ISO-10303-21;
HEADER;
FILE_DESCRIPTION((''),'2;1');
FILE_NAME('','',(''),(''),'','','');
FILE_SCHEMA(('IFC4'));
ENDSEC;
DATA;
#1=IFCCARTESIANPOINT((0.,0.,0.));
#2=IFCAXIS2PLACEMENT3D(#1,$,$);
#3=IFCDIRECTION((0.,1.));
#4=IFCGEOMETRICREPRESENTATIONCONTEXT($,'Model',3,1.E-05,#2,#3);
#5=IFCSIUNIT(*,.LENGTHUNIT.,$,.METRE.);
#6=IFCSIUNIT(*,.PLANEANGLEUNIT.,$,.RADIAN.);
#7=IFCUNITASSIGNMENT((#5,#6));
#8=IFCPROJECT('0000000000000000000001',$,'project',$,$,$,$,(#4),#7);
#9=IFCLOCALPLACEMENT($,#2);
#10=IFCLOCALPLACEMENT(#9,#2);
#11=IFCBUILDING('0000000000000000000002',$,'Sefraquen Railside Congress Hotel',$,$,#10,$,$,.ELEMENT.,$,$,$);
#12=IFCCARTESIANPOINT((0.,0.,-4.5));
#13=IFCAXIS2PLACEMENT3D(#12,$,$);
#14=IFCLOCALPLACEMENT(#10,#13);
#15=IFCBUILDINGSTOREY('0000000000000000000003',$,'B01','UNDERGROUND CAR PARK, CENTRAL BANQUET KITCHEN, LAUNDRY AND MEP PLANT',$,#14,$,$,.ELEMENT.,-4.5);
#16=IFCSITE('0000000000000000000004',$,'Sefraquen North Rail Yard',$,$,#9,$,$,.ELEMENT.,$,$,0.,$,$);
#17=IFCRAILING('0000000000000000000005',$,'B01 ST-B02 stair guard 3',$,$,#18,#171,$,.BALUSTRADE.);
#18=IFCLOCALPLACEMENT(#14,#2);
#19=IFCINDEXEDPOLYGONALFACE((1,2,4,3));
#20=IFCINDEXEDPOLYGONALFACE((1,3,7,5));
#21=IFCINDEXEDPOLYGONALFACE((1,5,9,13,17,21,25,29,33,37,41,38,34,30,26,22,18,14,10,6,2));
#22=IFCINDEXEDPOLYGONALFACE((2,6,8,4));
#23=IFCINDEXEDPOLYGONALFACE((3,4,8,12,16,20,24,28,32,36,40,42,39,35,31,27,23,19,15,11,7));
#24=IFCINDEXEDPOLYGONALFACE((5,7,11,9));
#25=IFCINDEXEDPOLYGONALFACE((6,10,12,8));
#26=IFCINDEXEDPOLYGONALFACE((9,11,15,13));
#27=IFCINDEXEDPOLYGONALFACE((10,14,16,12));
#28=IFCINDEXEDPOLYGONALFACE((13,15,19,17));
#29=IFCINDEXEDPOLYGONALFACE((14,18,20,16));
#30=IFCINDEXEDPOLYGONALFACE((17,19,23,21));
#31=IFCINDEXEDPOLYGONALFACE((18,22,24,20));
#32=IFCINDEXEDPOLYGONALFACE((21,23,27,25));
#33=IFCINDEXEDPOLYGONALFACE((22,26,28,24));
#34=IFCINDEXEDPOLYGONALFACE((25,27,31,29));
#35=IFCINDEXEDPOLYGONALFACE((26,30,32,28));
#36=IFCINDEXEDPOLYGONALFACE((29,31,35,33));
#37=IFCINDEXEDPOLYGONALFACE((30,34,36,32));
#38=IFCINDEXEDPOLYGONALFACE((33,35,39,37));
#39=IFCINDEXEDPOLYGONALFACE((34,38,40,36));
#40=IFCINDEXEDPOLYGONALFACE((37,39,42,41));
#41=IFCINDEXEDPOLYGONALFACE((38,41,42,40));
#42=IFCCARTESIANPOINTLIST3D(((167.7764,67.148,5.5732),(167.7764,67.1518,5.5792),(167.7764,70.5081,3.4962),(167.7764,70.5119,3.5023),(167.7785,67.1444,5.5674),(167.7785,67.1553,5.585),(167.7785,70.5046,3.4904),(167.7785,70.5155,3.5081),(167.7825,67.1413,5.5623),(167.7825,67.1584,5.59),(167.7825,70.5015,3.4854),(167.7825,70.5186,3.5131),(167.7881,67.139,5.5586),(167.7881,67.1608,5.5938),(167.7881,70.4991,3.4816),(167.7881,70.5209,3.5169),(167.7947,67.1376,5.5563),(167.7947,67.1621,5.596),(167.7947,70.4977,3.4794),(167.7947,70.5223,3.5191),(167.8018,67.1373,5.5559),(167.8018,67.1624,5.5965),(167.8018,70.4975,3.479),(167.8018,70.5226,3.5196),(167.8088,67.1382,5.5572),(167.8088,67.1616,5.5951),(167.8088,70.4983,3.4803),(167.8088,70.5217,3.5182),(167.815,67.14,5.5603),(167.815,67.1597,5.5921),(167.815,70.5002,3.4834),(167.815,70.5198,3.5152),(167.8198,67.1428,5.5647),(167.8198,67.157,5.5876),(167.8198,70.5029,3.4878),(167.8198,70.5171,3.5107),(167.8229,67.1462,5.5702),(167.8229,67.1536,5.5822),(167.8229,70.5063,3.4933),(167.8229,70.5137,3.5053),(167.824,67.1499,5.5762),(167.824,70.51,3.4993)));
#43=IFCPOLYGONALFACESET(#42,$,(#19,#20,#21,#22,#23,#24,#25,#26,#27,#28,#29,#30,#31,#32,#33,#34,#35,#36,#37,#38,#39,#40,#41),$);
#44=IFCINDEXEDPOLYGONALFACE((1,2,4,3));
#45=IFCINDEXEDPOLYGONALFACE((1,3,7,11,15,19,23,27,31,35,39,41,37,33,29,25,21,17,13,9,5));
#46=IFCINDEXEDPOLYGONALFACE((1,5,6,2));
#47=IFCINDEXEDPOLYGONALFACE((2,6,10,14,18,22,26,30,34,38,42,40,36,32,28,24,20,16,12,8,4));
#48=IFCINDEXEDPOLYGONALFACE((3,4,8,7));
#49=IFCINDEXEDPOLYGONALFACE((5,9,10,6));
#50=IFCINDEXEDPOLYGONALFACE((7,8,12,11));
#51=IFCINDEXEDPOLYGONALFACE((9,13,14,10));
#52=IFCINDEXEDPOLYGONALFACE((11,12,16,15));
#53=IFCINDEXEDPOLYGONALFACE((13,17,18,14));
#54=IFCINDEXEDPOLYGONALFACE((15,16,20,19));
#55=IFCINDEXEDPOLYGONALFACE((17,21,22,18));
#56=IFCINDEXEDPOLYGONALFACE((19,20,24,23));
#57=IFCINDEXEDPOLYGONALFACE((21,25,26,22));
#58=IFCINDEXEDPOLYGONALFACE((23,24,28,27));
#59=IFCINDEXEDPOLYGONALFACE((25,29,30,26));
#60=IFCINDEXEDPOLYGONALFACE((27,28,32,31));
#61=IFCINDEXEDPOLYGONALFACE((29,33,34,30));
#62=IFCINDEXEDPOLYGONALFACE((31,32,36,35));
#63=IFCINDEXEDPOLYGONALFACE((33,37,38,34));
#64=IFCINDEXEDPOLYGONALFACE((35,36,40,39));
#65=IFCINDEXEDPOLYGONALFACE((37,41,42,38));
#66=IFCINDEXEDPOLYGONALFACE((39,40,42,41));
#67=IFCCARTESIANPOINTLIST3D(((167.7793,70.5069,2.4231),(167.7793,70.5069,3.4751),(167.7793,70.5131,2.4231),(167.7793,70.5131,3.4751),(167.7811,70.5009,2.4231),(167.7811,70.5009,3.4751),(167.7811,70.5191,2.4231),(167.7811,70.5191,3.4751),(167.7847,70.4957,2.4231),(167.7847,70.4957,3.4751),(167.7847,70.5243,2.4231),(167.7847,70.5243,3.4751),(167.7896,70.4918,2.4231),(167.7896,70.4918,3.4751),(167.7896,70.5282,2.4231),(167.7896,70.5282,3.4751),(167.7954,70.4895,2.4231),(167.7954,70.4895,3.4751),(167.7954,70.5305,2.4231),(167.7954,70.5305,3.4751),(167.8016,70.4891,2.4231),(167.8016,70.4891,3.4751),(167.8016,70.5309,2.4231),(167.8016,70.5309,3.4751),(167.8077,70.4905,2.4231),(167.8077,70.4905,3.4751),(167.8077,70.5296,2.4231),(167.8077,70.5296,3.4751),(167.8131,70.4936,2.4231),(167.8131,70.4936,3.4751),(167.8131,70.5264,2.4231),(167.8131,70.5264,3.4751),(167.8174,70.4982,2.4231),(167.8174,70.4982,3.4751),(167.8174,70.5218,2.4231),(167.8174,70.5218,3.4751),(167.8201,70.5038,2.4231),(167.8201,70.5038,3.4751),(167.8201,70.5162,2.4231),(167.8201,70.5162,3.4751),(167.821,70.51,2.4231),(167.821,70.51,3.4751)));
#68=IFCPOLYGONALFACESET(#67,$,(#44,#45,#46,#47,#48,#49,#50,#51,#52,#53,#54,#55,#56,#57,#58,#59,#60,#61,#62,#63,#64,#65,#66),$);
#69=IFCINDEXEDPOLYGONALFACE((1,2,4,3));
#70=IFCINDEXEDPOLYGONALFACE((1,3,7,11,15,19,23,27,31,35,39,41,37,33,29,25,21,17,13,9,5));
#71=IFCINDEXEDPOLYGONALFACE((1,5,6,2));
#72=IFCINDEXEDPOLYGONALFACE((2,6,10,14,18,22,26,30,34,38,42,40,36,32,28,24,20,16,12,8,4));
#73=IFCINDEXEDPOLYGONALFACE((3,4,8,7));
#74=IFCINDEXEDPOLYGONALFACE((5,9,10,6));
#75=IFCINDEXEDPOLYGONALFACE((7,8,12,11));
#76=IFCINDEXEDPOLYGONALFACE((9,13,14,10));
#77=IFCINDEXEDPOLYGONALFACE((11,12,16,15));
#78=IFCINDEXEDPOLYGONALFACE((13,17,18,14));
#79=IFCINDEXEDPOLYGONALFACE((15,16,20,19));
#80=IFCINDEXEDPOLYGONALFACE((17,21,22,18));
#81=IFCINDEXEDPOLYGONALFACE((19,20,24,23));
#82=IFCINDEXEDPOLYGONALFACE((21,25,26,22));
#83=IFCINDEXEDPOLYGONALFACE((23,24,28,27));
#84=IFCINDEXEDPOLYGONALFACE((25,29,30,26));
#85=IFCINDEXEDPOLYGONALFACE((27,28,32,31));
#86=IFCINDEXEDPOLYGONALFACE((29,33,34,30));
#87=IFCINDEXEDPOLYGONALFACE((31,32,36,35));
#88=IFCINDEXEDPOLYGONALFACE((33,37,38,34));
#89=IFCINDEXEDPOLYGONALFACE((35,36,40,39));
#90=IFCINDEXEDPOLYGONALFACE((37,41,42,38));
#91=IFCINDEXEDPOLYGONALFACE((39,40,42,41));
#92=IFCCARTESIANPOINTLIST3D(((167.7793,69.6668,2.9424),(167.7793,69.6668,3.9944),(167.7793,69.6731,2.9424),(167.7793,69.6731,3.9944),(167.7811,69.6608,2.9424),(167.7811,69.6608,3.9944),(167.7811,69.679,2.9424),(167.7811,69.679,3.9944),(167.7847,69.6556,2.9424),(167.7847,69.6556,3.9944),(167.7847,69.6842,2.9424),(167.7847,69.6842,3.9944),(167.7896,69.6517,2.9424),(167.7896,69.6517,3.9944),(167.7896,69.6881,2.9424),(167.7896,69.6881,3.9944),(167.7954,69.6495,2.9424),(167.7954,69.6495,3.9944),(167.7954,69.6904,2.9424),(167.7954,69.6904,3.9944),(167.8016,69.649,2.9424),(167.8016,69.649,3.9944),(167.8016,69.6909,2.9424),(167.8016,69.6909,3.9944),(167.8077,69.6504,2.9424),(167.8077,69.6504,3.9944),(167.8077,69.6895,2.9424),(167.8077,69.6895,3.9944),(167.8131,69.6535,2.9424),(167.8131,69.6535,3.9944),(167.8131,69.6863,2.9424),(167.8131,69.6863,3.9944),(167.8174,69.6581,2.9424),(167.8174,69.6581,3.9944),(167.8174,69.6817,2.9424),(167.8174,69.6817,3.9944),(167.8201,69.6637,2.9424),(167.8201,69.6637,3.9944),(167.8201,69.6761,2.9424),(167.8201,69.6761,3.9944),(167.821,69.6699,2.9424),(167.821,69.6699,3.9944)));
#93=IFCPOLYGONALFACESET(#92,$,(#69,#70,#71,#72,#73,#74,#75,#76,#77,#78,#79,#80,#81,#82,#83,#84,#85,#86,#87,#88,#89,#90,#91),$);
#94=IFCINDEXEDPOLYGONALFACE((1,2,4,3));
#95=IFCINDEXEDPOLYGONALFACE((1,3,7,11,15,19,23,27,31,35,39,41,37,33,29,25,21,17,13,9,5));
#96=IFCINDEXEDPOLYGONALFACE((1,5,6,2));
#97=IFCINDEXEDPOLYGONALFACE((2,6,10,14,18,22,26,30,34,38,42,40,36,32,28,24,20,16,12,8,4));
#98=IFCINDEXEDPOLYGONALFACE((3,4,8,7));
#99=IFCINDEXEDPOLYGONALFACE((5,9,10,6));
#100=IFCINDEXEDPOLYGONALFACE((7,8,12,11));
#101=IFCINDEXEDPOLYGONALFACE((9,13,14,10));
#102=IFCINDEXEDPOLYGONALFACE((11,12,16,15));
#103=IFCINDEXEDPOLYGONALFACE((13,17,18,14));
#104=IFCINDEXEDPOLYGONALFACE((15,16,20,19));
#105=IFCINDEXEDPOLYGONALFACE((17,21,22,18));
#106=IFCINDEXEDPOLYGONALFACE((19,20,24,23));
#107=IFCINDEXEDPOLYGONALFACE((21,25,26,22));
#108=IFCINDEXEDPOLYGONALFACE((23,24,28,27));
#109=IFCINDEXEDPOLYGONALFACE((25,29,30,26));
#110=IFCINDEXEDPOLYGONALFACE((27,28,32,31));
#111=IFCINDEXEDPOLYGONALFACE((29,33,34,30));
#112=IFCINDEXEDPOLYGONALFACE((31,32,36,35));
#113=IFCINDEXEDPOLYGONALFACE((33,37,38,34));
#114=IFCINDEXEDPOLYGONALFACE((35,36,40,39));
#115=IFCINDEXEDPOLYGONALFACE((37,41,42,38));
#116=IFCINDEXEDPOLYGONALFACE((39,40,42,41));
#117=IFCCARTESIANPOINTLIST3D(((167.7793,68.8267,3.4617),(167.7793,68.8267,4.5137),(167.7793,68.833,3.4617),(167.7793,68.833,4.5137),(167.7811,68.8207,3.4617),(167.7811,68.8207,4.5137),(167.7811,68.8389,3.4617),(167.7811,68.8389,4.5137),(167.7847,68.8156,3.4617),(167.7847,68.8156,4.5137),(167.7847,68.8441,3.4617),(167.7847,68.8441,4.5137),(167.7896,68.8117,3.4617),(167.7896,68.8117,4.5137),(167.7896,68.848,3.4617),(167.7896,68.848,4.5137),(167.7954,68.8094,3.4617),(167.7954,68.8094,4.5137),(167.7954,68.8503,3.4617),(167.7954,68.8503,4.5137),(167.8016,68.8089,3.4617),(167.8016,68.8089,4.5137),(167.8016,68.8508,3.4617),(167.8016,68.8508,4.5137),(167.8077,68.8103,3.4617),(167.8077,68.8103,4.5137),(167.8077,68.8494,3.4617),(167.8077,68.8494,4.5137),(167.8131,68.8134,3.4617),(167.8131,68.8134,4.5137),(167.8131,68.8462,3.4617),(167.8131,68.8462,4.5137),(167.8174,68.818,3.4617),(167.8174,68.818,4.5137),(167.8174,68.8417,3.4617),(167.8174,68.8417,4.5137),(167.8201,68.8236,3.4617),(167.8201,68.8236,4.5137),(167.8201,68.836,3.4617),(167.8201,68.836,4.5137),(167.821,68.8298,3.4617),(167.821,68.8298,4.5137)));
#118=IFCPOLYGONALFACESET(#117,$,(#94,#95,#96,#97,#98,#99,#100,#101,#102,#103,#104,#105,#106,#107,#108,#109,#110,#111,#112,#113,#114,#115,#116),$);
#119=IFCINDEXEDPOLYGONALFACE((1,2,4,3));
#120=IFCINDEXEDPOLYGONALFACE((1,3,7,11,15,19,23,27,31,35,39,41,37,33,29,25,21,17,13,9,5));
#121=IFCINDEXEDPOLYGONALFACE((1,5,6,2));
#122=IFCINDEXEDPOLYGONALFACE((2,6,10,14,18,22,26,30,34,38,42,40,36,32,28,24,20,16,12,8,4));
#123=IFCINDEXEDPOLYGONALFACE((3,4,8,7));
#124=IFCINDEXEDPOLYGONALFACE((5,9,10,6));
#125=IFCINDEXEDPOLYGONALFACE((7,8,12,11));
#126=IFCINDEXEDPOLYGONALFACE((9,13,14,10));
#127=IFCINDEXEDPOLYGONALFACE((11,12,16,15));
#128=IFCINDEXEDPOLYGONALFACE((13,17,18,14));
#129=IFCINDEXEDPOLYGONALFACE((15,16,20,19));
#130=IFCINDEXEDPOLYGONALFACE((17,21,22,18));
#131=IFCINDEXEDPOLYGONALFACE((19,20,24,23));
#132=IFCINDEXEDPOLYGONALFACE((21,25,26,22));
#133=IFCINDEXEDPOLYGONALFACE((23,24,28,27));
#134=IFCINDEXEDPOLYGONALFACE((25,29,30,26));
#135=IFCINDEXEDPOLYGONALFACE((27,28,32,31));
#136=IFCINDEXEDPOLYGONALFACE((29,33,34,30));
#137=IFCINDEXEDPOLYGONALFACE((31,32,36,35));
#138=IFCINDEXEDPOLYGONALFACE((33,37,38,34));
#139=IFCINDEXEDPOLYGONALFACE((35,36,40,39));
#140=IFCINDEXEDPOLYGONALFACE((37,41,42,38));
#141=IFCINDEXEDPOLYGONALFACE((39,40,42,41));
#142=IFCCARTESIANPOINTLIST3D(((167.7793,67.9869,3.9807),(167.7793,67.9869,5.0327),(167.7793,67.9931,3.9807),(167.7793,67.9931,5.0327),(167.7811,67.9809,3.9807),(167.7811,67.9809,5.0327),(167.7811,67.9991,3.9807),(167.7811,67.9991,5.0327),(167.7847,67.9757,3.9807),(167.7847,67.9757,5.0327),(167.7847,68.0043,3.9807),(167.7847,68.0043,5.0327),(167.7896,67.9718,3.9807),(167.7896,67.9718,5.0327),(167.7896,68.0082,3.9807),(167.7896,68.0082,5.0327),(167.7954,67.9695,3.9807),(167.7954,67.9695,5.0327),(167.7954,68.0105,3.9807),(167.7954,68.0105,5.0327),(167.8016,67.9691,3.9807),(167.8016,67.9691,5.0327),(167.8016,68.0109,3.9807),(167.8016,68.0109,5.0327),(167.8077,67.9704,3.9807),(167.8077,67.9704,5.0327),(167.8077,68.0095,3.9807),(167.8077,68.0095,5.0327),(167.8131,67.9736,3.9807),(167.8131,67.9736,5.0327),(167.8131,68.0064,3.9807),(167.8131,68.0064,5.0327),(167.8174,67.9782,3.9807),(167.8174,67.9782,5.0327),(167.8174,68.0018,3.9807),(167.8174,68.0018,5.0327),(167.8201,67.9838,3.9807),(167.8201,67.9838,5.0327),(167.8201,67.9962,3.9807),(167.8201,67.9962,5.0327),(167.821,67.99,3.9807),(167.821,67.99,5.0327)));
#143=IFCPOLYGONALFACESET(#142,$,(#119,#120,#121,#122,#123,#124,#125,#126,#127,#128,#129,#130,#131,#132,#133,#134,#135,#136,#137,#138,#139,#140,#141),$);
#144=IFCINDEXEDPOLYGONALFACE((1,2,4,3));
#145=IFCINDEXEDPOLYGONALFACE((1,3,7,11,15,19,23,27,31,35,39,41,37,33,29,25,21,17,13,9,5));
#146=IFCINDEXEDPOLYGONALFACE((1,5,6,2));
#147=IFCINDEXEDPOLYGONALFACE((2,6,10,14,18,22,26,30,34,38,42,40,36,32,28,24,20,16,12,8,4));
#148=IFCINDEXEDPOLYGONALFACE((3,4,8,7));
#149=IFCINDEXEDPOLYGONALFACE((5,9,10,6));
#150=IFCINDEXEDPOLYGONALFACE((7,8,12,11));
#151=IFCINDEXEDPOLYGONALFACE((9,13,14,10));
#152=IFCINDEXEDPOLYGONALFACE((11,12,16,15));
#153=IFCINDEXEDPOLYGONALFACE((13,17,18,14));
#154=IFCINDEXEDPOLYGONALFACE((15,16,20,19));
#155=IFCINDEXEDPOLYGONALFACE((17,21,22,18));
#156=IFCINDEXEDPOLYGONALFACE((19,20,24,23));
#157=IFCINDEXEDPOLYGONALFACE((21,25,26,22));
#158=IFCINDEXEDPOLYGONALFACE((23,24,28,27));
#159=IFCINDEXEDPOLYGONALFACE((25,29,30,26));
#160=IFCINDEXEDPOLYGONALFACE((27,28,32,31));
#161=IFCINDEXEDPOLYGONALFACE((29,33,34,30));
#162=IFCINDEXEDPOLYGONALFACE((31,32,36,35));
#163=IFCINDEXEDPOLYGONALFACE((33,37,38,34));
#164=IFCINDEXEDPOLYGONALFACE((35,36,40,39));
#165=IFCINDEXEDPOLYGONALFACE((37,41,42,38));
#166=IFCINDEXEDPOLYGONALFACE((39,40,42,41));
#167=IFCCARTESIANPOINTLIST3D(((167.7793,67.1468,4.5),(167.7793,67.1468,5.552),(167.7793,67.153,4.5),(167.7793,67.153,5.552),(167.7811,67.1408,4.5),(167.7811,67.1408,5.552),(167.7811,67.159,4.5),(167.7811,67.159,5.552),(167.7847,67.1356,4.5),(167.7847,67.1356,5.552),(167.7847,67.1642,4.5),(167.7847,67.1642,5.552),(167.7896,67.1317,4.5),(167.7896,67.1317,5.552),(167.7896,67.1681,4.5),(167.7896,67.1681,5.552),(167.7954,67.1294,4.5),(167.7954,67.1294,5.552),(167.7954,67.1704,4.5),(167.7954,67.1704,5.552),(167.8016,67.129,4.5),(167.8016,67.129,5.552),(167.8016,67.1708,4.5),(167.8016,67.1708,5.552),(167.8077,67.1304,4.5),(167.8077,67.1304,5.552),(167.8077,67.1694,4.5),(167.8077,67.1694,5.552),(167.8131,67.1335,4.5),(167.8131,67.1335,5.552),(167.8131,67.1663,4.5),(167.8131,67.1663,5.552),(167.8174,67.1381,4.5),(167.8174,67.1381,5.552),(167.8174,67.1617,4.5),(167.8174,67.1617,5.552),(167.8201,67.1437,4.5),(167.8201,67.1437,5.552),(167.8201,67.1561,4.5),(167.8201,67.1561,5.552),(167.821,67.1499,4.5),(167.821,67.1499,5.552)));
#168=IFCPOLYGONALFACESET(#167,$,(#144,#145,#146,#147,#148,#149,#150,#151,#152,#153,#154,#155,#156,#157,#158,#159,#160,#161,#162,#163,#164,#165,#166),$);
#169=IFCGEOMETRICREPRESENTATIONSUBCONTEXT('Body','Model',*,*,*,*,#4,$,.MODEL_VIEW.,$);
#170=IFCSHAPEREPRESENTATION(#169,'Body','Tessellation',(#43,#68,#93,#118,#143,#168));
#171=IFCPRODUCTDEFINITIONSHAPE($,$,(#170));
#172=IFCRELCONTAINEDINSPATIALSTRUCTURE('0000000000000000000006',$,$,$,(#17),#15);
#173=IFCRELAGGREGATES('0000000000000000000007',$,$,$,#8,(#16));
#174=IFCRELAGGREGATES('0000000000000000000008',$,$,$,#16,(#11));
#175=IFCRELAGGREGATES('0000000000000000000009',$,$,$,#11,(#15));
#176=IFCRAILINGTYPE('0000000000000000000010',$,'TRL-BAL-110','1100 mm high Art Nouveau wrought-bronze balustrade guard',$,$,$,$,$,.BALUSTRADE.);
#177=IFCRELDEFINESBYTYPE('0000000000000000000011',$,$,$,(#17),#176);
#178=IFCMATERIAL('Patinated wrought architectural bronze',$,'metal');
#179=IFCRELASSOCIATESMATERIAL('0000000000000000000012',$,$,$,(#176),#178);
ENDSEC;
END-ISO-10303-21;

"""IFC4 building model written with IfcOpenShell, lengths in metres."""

from ifc_helpers import new_model, si_unit, direction, frame, origin, origin_2d, place, context, subcontext, project, spatial, circle, extrude, material, type_object, element, save


model = new_model("IFC4")

# Units and contexts
model_context = context("Model", 3, precision=1e-05, world=origin(), true_north=direction((0.0, 1.0)))
body_context = subcontext(model_context, "Body", "Model", "MODEL_VIEW")
ifc_project = project(units=[si_unit("LENGTHUNIT", "METRE"), si_unit("PLANEANGLEUNIT", "RADIAN")], contexts=[model_context])

# Site, building, storey
site_placement = place(None, origin())
site = spatial("IfcSite", under=ifc_project, at=site_placement, Name="Sefraquen North Rail Yard", CompositionType="ELEMENT", RefElevation=0.0)
building_placement = place(site_placement, origin())
building = spatial("IfcBuilding", under=site, at=building_placement, Name="Sefraquen Railside Congress Hotel", CompositionType="ELEMENT")
storey_placement = place(building_placement, frame((0.0, 0.0, -4.5)))
storey = spatial("IfcBuildingStorey", under=building, at=storey_placement, Name="B01", Description="UNDERGROUND CAR PARK, CENTRAL BANQUET KITCHEN, LAUNDRY AND MEP PLANT", CompositionType="ELEMENT", Elevation=-4.5)

# Railing
ifc_material_1 = material(Name="Patinated wrought architectural bronze", Category="metal")
railing_type_1 = type_object("IfcRailingType", Name="TRL-BAL-110", Description="1100 mm high Art Nouveau wrought-bronze balustrade guard", PredefinedType="BALUSTRADE", material=ifc_material_1)
railing_1_placement = place(storey_placement, frame((167.8, 70.51, 2.4231)))
element("IfcRailing", 1, at=railing_1_placement, inside=storey, type_object=railing_type_1, Name="B01 ST-B02 stair guard 3", PredefinedType="BALUSTRADE", context=body_context, shape_type="SweptSolid", body=[
    extrude(circle(Radius=0.0239, at=origin_2d()), frame((0.0, 0.0, 1.0762), z_axis=(0.0, -0.850623, 0.525776), x_axis=(1.0, 0.0, 0.0)), (0.0, 0.0, 1.0), 3.9502),
    extrude(circle(Radius=0.021, at=origin_2d()), origin(), (0.0, 0.0, 1.0), 1.052),
    extrude(circle(Radius=0.021, at=origin_2d()), frame((0.0, -0.8401, 0.5193)), (0.0, 0.0, 1.0), 1.052),
    extrude(circle(Radius=0.021, at=origin_2d()), frame((0.0, -1.6802, 1.0386)), (0.0, 0.0, 1.0), 1.052),
    extrude(circle(Radius=0.021, at=origin_2d()), frame((0.0, -2.52, 1.5576)), (0.0, 0.0, 1.0), 1.052),
    extrude(circle(Radius=0.021, at=origin_2d()), frame((0.0, -3.3601, 2.0769)), (0.0, 0.0, 1.0), 1.052),
])

save(model, "model.ifc")
